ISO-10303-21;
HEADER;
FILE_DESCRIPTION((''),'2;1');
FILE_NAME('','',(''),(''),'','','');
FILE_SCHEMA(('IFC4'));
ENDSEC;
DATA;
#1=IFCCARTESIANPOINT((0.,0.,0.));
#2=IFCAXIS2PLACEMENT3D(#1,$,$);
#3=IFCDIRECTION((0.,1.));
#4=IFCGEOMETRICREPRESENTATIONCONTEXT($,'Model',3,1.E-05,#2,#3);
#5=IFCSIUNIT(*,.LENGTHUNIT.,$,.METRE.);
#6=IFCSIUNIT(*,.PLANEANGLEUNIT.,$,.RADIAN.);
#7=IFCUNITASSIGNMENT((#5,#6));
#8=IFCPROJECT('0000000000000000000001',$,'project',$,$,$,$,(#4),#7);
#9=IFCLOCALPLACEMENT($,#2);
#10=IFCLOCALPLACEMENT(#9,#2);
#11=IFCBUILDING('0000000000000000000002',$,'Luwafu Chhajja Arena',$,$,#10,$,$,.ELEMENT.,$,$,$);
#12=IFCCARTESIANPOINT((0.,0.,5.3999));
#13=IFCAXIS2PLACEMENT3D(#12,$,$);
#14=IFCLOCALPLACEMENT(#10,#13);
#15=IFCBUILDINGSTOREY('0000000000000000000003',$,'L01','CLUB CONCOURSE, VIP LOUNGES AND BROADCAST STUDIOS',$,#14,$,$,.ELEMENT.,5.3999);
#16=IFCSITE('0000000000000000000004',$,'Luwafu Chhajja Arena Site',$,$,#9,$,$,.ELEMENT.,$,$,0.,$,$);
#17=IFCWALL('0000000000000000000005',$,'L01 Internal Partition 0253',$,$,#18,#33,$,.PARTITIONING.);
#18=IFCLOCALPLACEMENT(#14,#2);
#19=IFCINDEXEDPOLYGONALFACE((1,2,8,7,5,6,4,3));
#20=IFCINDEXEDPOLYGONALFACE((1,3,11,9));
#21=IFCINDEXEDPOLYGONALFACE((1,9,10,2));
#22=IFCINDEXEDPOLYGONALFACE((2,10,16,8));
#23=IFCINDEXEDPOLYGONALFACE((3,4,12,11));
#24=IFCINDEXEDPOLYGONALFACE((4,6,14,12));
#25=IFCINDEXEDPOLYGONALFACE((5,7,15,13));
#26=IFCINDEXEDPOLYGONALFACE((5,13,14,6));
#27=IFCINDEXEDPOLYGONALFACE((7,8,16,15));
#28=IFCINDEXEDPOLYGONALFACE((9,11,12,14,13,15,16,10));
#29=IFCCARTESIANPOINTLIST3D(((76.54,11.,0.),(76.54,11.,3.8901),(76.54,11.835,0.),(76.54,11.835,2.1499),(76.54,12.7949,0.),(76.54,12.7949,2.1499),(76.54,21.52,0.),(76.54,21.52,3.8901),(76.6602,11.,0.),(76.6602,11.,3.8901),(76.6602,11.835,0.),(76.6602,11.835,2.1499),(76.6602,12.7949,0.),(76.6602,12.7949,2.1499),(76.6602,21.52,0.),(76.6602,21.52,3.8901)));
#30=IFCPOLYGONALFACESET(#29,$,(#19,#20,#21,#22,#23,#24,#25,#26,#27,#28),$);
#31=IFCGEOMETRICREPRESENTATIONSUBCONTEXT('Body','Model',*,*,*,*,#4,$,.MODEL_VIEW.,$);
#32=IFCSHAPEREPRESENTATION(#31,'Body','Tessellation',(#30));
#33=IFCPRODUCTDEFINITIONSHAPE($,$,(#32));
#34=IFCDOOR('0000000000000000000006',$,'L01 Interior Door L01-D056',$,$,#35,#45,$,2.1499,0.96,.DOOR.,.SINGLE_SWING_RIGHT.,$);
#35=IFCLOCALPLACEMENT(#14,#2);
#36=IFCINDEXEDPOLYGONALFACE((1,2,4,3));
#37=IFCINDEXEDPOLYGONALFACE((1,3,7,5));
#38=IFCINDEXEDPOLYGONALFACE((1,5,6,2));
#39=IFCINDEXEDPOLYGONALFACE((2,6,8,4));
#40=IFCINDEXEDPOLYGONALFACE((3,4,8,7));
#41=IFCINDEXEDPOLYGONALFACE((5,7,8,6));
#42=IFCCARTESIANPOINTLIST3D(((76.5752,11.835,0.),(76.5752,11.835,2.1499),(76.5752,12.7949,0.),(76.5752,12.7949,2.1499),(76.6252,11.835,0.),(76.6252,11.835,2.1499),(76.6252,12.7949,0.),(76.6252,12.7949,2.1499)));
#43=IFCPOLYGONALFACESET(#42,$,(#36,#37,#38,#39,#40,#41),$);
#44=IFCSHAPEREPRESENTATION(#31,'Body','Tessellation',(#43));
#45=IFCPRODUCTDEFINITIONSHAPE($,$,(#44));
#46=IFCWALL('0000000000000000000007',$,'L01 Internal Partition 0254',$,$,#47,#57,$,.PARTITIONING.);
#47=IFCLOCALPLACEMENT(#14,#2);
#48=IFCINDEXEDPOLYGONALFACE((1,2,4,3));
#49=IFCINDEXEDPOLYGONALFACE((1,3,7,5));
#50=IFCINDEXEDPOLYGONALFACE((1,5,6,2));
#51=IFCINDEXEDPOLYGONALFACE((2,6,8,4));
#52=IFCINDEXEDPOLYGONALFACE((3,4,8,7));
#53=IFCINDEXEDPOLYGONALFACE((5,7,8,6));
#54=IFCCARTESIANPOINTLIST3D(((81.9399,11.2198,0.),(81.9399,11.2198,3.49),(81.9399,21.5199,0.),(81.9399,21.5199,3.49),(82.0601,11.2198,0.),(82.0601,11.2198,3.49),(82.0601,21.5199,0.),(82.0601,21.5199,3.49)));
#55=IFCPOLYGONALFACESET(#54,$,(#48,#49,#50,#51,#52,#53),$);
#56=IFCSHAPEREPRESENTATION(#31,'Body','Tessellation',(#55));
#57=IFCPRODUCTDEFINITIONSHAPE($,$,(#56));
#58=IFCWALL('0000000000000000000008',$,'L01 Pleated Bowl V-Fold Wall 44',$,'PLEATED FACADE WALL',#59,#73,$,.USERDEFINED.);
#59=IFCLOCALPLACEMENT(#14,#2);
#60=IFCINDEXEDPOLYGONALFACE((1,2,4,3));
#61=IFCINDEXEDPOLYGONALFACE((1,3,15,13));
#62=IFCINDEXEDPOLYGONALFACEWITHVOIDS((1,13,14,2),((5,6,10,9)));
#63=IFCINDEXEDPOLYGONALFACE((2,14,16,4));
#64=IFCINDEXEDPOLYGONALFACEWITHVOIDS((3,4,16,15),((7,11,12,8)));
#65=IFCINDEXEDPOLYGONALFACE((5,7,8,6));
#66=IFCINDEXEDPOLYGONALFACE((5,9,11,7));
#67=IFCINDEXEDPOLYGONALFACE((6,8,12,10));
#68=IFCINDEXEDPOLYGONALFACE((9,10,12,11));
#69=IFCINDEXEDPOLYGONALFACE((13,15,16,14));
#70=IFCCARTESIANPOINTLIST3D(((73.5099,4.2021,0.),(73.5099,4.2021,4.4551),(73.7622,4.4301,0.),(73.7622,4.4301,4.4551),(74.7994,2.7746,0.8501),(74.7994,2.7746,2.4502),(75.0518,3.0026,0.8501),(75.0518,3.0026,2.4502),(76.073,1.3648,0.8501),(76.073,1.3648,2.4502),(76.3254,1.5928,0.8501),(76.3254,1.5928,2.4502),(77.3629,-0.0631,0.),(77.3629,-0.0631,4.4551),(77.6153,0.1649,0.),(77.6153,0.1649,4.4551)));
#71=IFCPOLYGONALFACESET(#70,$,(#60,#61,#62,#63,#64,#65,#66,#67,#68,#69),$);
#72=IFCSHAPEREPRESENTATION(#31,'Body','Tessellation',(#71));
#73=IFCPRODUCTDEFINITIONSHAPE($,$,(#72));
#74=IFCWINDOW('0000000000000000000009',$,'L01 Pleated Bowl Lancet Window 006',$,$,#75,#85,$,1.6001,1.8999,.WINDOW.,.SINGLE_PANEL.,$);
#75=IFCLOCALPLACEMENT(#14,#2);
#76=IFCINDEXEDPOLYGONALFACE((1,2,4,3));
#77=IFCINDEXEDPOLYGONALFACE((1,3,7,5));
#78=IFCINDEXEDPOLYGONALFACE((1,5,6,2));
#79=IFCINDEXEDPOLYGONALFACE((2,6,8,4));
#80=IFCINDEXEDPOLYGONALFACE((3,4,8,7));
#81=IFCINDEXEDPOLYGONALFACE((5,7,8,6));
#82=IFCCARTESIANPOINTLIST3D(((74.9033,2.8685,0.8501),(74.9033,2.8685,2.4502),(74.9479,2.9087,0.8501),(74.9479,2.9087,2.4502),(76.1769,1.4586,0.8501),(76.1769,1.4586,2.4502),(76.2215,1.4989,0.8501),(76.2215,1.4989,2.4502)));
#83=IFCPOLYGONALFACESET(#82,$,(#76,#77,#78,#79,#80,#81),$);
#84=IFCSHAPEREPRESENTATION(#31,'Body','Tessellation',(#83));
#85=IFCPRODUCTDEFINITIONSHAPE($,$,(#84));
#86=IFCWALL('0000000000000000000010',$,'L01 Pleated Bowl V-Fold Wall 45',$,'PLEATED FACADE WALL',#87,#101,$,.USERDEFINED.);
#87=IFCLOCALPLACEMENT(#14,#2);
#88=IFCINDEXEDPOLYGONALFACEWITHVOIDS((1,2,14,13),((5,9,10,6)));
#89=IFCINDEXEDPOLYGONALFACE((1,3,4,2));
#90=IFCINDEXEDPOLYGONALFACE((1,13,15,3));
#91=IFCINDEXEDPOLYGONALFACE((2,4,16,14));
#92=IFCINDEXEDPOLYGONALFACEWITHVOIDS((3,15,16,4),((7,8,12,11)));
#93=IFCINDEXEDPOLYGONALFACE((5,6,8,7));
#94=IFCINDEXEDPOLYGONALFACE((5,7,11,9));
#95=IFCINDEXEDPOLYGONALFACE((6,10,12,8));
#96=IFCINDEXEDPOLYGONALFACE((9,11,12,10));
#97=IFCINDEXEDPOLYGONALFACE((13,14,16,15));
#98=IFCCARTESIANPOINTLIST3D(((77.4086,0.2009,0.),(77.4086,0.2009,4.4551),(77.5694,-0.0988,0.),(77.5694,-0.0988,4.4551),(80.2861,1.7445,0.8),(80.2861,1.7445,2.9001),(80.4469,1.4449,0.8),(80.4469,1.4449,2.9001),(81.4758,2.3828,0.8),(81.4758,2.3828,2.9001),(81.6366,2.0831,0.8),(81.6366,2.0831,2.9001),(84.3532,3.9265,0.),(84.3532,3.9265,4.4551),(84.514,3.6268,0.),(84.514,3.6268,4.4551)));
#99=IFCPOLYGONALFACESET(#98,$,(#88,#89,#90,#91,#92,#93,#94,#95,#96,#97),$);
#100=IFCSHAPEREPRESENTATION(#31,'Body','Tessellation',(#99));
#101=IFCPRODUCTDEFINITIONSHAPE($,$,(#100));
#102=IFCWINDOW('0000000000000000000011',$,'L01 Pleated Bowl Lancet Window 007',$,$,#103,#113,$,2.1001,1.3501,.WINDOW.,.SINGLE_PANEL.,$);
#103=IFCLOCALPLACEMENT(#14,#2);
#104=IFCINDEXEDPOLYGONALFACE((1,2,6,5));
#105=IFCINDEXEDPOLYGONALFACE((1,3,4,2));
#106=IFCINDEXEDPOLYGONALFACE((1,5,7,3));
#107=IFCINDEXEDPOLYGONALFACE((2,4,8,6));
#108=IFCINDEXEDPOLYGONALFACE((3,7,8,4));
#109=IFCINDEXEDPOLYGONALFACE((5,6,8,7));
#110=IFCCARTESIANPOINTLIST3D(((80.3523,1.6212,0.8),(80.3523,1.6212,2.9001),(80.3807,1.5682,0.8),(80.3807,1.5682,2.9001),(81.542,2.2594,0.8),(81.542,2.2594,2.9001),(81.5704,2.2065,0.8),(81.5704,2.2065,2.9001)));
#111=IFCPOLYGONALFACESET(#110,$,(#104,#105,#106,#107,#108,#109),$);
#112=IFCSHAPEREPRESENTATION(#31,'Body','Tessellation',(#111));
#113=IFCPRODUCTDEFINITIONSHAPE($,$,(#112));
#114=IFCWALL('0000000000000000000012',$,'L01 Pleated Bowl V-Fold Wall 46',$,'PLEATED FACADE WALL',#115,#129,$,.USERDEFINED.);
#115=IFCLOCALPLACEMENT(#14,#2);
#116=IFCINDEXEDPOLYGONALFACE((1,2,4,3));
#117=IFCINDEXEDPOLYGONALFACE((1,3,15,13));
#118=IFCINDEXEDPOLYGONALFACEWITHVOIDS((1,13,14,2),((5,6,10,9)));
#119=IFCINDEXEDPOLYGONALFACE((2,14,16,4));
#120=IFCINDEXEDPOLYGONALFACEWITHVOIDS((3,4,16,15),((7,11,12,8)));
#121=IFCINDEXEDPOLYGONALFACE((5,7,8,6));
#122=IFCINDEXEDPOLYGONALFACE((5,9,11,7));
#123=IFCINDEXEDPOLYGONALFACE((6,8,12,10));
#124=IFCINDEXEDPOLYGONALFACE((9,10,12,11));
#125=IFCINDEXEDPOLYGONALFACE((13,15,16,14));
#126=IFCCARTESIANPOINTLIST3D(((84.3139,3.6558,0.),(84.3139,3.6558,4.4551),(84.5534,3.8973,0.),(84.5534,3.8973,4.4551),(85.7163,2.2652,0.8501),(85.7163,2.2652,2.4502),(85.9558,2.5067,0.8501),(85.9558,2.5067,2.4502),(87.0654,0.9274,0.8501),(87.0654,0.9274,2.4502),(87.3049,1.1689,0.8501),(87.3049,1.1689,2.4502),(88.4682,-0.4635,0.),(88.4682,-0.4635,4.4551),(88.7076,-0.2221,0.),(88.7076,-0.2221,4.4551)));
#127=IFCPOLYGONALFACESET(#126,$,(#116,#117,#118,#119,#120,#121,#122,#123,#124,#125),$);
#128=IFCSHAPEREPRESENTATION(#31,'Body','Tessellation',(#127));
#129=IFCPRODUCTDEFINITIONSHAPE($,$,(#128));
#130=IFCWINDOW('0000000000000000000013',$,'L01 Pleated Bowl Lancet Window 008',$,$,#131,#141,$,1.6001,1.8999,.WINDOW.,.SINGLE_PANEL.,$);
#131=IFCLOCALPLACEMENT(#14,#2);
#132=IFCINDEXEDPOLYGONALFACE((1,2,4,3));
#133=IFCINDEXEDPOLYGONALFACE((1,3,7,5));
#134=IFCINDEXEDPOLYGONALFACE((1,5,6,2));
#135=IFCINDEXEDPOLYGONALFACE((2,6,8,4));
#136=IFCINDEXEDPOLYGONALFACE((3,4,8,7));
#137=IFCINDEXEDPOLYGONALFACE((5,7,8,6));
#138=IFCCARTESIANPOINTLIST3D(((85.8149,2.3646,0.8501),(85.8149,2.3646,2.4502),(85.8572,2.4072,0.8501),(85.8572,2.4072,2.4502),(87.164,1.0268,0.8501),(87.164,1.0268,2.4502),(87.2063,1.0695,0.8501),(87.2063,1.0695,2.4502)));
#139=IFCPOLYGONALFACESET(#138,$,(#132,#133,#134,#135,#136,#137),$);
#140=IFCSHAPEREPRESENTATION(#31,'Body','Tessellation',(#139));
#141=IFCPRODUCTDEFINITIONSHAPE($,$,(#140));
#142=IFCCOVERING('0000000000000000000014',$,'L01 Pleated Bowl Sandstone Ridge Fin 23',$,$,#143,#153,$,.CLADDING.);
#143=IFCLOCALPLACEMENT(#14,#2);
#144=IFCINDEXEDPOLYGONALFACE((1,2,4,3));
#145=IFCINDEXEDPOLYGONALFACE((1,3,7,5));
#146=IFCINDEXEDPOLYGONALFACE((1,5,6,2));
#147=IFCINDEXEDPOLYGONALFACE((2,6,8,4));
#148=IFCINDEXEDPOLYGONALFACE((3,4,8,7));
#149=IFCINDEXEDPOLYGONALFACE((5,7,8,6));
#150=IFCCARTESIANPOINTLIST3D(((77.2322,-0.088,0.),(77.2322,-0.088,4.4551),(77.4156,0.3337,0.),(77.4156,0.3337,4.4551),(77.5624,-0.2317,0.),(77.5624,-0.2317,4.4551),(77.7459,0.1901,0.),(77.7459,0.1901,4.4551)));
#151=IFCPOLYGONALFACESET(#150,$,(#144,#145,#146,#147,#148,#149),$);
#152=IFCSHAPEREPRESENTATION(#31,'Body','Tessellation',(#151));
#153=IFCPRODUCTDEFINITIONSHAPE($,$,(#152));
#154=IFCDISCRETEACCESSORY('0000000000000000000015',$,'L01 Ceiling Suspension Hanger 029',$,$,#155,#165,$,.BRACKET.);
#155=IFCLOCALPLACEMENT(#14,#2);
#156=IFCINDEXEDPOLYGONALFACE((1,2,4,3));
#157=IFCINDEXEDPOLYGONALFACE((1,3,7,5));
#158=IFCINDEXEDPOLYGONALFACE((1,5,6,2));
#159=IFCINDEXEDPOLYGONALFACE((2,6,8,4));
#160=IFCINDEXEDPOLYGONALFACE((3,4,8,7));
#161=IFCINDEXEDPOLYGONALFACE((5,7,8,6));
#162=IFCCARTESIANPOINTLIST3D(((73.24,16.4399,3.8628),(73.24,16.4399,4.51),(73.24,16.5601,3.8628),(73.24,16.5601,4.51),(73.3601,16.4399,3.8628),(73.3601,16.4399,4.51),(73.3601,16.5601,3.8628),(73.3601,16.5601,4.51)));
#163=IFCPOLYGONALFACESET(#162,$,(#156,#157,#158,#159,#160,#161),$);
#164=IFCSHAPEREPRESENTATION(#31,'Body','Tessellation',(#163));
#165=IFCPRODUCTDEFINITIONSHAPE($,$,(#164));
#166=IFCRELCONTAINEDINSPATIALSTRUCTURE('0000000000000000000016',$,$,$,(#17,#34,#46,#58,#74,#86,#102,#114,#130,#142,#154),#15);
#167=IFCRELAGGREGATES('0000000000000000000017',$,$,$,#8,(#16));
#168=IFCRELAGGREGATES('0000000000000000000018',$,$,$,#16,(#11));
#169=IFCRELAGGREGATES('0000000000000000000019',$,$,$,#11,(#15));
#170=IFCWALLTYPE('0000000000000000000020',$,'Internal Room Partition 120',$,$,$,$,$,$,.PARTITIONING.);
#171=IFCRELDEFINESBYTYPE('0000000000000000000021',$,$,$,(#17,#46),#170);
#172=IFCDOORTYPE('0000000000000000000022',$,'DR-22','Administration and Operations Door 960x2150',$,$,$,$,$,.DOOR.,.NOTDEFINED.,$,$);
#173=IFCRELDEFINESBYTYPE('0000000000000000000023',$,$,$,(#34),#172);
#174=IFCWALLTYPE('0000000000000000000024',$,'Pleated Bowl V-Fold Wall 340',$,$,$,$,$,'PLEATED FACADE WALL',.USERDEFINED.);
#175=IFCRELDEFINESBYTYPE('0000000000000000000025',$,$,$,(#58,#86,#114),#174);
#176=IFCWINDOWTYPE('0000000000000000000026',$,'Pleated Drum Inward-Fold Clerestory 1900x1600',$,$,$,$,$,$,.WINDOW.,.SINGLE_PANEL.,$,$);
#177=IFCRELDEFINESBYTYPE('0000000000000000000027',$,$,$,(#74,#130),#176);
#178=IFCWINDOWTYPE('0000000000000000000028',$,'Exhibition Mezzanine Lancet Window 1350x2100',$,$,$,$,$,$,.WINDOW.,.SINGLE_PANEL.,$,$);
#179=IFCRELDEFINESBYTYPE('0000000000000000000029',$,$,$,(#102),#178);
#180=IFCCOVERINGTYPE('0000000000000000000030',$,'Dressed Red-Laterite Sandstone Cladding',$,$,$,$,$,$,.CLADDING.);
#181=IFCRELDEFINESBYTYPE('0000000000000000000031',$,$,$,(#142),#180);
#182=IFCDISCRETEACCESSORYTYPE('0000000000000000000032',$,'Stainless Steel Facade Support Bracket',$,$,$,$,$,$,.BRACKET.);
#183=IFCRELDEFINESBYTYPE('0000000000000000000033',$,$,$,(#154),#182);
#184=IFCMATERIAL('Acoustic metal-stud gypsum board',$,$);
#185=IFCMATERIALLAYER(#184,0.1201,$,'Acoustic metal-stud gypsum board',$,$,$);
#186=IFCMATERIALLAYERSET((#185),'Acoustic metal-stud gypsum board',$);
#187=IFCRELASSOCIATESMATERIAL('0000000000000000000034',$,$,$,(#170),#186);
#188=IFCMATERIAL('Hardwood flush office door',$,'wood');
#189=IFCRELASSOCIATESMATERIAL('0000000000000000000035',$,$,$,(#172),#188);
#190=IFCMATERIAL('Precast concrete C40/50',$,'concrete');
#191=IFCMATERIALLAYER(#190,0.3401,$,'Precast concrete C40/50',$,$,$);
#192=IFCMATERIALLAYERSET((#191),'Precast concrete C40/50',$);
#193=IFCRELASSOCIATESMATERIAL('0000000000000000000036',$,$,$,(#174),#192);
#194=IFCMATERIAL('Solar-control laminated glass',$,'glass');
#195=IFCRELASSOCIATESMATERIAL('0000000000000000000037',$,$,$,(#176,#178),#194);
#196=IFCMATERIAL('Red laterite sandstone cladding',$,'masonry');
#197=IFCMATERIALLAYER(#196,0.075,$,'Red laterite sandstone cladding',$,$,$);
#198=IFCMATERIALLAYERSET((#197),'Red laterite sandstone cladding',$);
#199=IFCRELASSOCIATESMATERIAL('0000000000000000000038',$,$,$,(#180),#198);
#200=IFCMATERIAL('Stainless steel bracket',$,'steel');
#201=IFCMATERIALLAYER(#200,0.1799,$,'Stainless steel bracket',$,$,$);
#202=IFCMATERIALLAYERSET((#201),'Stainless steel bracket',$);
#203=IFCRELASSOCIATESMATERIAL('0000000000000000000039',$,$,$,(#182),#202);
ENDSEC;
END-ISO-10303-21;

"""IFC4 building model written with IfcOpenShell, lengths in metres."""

from ifc_helpers import new_model, si_unit, direction, frame, frame_2d, origin, origin_2d, place, context, subcontext, project, spatial, rectangle, extrude, material, layer, layer_set, type_object, element, fill, save


model = new_model("IFC4")

# Units and contexts
model_context = context("Model", 3, precision=1e-05, world=origin(), true_north=direction((0.0, 1.0)))
body_context = subcontext(model_context, "Body", "Model", "MODEL_VIEW")
ifc_project = project(units=[si_unit("LENGTHUNIT", "METRE"), si_unit("PLANEANGLEUNIT", "RADIAN")], contexts=[model_context])

# Site, building, storey
site_placement = place(None, origin())
site = spatial("IfcSite", under=ifc_project, at=site_placement, Name="Luwafu Chhajja Arena Site", CompositionType="ELEMENT", RefElevation=0.0)
building_placement = place(site_placement, origin())
building = spatial("IfcBuilding", under=site, at=building_placement, Name="Luwafu Chhajja Arena", CompositionType="ELEMENT")
storey_placement = place(building_placement, frame((0.0, 0.0, 5.3999)))
storey = spatial("IfcBuildingStorey", under=building, at=storey_placement, Name="L01", Description="CLUB CONCOURSE, VIP LOUNGES AND BROADCAST STUDIOS", CompositionType="ELEMENT", Elevation=5.3999)

# Shared definitions
ifc_material_1 = material(Name="Solar-control laminated glass", Category="glass")

# Wall, opening, door
ifc_material_2 = material(Name="Acoustic metal-stud gypsum board")
ifc_layer_1 = layer(ifc_material_2, 0.1201, Name="Acoustic metal-stud gypsum board")
ifc_layer_set_1 = layer_set([ifc_layer_1], Name="Acoustic metal-stud gypsum board")
wall_type_1 = type_object("IfcWallType", Name="Internal Room Partition 120", PredefinedType="PARTITIONING", material=ifc_layer_set_1)
wall_1_placement = place(storey_placement, frame((76.6001, 11.0, 0.0), z_axis=(0.0, 0.0, 1.0), x_axis=(0.0, 1.0, 0.0)))
wall_1 = element("IfcWall", 1, at=wall_1_placement, inside=storey, type_object=wall_type_1, Name="L01 Internal Partition 0253", PredefinedType="PARTITIONING", context=body_context, shape_type="SweptSolid", body=[
    extrude(rectangle(XDim=10.52, YDim=0.1201, at=frame_2d((5.26, 0.0))), origin(), (0.0, 0.0, 1.0), 3.8901),
])
opening_1_placement = place(wall_1_placement, frame((0.835, 0.0, 0.0)))
opening_1 = element("IfcOpeningElement", 2, at=opening_1_placement, cuts=wall_1, PredefinedType="OPENING", context=body_context, shape_type="SweptSolid", body=[
    extrude(rectangle(XDim=0.96, YDim=2.1499, at=frame_2d((0.48, 1.075))), frame((0.0, 0.0701, 0.0), z_axis=(0.0, -1.0, 0.0), x_axis=(1.0, 0.0, 0.0)), (0.0, 0.0, 1.0), 0.1401),
])
ifc_material_3 = material(Name="Hardwood flush office door", Category="wood")
door_type = type_object("IfcDoorType", Name="DR-22", Description="Administration and Operations Door 960x2150", OperationType="NOTDEFINED", PredefinedType="DOOR", material=ifc_material_3)
door_placement = place(opening_1_placement, origin())
door = element("IfcDoor", 3, at=door_placement, inside=storey, type_object=door_type, Name="L01 Interior Door L01-D056", OperationType="SINGLE_SWING_RIGHT", OverallHeight=2.1499, OverallWidth=0.96, PredefinedType="DOOR", context=body_context, shape_type="SweptSolid", body=[
    extrude(rectangle(XDim=0.96, YDim=2.1499, at=frame_2d((0.48, 1.075))), frame((0.0, 0.0249, 0.0), z_axis=(0.0, -1.0, 0.0), x_axis=(1.0, 0.0, 0.0)), (0.0, 0.0, 1.0), 0.05),
])
fill(opening_1, door)

# Wall
wall_2_placement = place(storey_placement, frame((82.0, 11.22, 0.0), z_axis=(0.0, 0.0, 1.0), x_axis=(0.0, 1.0, 0.0)))
element("IfcWall", 4, at=wall_2_placement, inside=storey, type_object=wall_type_1, Name="L01 Internal Partition 0254", PredefinedType="PARTITIONING", context=body_context, shape_type="SweptSolid", body=[
    extrude(rectangle(XDim=10.3, YDim=0.1201, at=frame_2d((5.1499, 0.0))), origin(), (0.0, 0.0, 1.0), 3.49),
])

# Walls, openings, windows
ifc_material_4 = material(Name="Precast concrete C40/50", Category="concrete")
ifc_layer_2 = layer(ifc_material_4, 0.3401, Name="Precast concrete C40/50")
ifc_layer_set_2 = layer_set([ifc_layer_2], Name="Precast concrete C40/50")
wall_type_2 = type_object("IfcWallType", Name="Pleated Bowl V-Fold Wall 340", ElementType="PLEATED FACADE WALL", PredefinedType="USERDEFINED", material=ifc_layer_set_2)
wall_3_placement = place(storey_placement, frame((73.636, 4.3162, 0.0), z_axis=(0.0, 0.0, 1.0), x_axis=(0.670348, -0.742047, 0.0)))
wall_3 = element("IfcWall", 5, at=wall_3_placement, inside=storey, type_object=wall_type_2, Name="L01 Pleated Bowl V-Fold Wall 44", ObjectType="PLEATED FACADE WALL", PredefinedType="USERDEFINED", context=body_context, shape_type="SweptSolid", body=[
    extrude(rectangle(XDim=5.7478, YDim=0.3401, at=frame_2d((2.874, 0.0))), origin(), (0.0, 0.0, 1.0), 4.4551),
])
opening_2_placement = place(wall_3_placement, frame((1.9238, 0.0, 0.8501)))
opening_2 = element("IfcOpeningElement", 6, at=opening_2_placement, cuts=wall_3, PredefinedType="OPENING", context=body_context, shape_type="SweptSolid", body=[
    extrude(rectangle(XDim=1.8999, YDim=1.6001, at=frame_2d((0.95, 0.8))), frame((0.0, 0.1799, 0.0), z_axis=(0.0, -1.0, 0.0), x_axis=(1.0, 0.0, 0.0)), (0.0, 0.0, 1.0), 0.3601),
])
window_type_1 = type_object("IfcWindowType", Name="Pleated Drum Inward-Fold Clerestory 1900x1600", PartitioningType="SINGLE_PANEL", PredefinedType="WINDOW", material=ifc_material_1)
window_1_placement = place(opening_2_placement, origin())
window_1 = element("IfcWindow", 7, at=window_1_placement, inside=storey, type_object=window_type_1, Name="L01 Pleated Bowl Lancet Window 006", OverallHeight=1.6001, OverallWidth=1.8999, PartitioningType="SINGLE_PANEL", PredefinedType="WINDOW", context=body_context, shape_type="SweptSolid", body=[
    extrude(rectangle(XDim=1.8999, YDim=1.6001, at=frame_2d((0.95, 0.8))), frame((0.0, 0.03, 0.0), z_axis=(0.0, -1.0, 0.0), x_axis=(1.0, 0.0, 0.0)), (0.0, 0.0, 1.0), 0.0601),
])
fill(opening_2, window_1)
wall_4_placement = place(storey_placement, frame((77.489, 0.051, 0.0), z_axis=(0.0, 0.0, 1.0), x_axis=(0.881201, 0.472741, 0.0)))
wall_4 = element("IfcWall", 8, at=wall_4_placement, inside=storey, type_object=wall_type_2, Name="L01 Pleated Bowl V-Fold Wall 45", ObjectType="PLEATED FACADE WALL", PredefinedType="USERDEFINED", context=body_context, shape_type="SweptSolid", body=[
    extrude(rectangle(XDim=7.8809, YDim=0.3401, at=frame_2d((3.9404, 0.0))), origin(), (0.0, 0.0, 1.0), 4.4551),
])
opening_3_placement = place(wall_4_placement, frame((3.2654, 0.0, 0.8)))
opening_3 = element("IfcOpeningElement", 9, at=opening_3_placement, cuts=wall_4, PredefinedType="OPENING", context=body_context, shape_type="SweptSolid", body=[
    extrude(rectangle(XDim=1.3501, YDim=2.1001, at=frame_2d((0.675, 1.05))), frame((0.0, 0.1799, 0.0), z_axis=(0.0, -1.0, 0.0), x_axis=(1.0, 0.0, 0.0)), (0.0, 0.0, 1.0), 0.3601),
])
window_type_2 = type_object("IfcWindowType", Name="Exhibition Mezzanine Lancet Window 1350x2100", PartitioningType="SINGLE_PANEL", PredefinedType="WINDOW", material=ifc_material_1)
window_2_placement = place(opening_3_placement, origin())
window_2 = element("IfcWindow", 10, at=window_2_placement, inside=storey, type_object=window_type_2, Name="L01 Pleated Bowl Lancet Window 007", OverallHeight=2.1001, OverallWidth=1.3501, PartitioningType="SINGLE_PANEL", PredefinedType="WINDOW", context=body_context, shape_type="SweptSolid", body=[
    extrude(rectangle(XDim=1.3501, YDim=2.1001, at=frame_2d((0.675, 1.05))), frame((0.0, 0.03, 0.0), z_axis=(0.0, -1.0, 0.0), x_axis=(1.0, 0.0, 0.0)), (0.0, 0.0, 1.0), 0.0601),
])
fill(opening_3, window_2)
wall_5_placement = place(storey_placement, frame((84.4336, 3.7766, 0.0), z_axis=(0.0, 0.0, 1.0), x_axis=(0.710084, -0.704117, 0.0)))
wall_5 = element("IfcWall", 11, at=wall_5_placement, inside=storey, type_object=wall_type_2, Name="L01 Pleated Bowl V-Fold Wall 46", ObjectType="PLEATED FACADE WALL", PredefinedType="USERDEFINED", context=body_context, shape_type="SweptSolid", body=[
    extrude(rectangle(XDim=5.8503, YDim=0.3401, at=frame_2d((2.9253, 0.0))), origin(), (0.0, 0.0, 1.0), 4.4551),
])
opening_4_placement = place(wall_5_placement, frame((1.9751, 0.0, 0.8501)))
opening_4 = element("IfcOpeningElement", 12, at=opening_4_placement, cuts=wall_5, PredefinedType="OPENING", context=body_context, shape_type="SweptSolid", body=[
    extrude(rectangle(XDim=1.8999, YDim=1.6001, at=frame_2d((0.95, 0.8))), frame((0.0, 0.1799, 0.0), z_axis=(0.0, -1.0, 0.0), x_axis=(1.0, 0.0, 0.0)), (0.0, 0.0, 1.0), 0.3601),
])
window_3_placement = place(opening_4_placement, origin())
window_3 = element("IfcWindow", 13, at=window_3_placement, inside=storey, type_object=window_type_1, Name="L01 Pleated Bowl Lancet Window 008", OverallHeight=1.6001, OverallWidth=1.8999, PartitioningType="SINGLE_PANEL", PredefinedType="WINDOW", context=body_context, shape_type="SweptSolid", body=[
    extrude(rectangle(XDim=1.8999, YDim=1.6001, at=frame_2d((0.95, 0.8))), frame((0.0, 0.03, 0.0), z_axis=(0.0, -1.0, 0.0), x_axis=(1.0, 0.0, 0.0)), (0.0, 0.0, 1.0), 0.0601),
])
fill(opening_4, window_3)

# Covering
ifc_material_5 = material(Name="Red laterite sandstone cladding", Category="masonry")
ifc_layer_3 = layer(ifc_material_5, 0.075, Name="Red laterite sandstone cladding")
ifc_layer_set_3 = layer_set([ifc_layer_3], Name="Red laterite sandstone cladding")
covering_type = type_object("IfcCoveringType", Name="Dressed Red-Laterite Sandstone Cladding", PredefinedType="CLADDING", material=ifc_layer_set_3)
covering_placement = place(storey_placement, frame((77.489, 0.051, 0.0), z_axis=(0.0, 0.0, 1.0), x_axis=(-0.398903, -0.916993, 0.0)))
element("IfcCovering", 14, at=covering_placement, inside=storey, type_object=covering_type, Name="L01 Pleated Bowl Sandstone Ridge Fin 23", PredefinedType="CLADDING", context=body_context, shape_type="SweptSolid", body=[
    extrude(rectangle(XDim=0.46, YDim=0.3601, at=origin_2d()), origin(), (0.0, 0.0, 1.0), 4.4551),
])

# Discrete accessory
ifc_material_6 = material(Name="Stainless steel bracket", Category="steel")
ifc_layer_4 = layer(ifc_material_6, 0.1799, Name="Stainless steel bracket")
ifc_layer_set_4 = layer_set([ifc_layer_4], Name="Stainless steel bracket")
discrete_accessory_type = type_object("IfcDiscreteAccessoryType", Name="Stainless Steel Facade Support Bracket", PredefinedType="BRACKET", material=ifc_layer_set_4)
for number, where, z_axis, x_axis, name in (
    (15, (73.3, 16.5, 3.8628), (0.0, 0.0, 1.0), (1.0, 0.0, 0.0), "L01 Ceiling Suspension Hanger 029"),
):
    element("IfcDiscreteAccessory", number, at=place(storey_placement, frame(where, z_axis=z_axis, x_axis=x_axis)), inside=storey, type_object=discrete_accessory_type, Name=name, PredefinedType="BRACKET", context=body_context, shape_type="SweptSolid", body=[
        extrude(rectangle(XDim=0.1201, YDim=0.1201, at=origin_2d()), origin(), (0.0, 0.0, 1.0), 0.6472),
    ])

save(model, "model.ifc")
